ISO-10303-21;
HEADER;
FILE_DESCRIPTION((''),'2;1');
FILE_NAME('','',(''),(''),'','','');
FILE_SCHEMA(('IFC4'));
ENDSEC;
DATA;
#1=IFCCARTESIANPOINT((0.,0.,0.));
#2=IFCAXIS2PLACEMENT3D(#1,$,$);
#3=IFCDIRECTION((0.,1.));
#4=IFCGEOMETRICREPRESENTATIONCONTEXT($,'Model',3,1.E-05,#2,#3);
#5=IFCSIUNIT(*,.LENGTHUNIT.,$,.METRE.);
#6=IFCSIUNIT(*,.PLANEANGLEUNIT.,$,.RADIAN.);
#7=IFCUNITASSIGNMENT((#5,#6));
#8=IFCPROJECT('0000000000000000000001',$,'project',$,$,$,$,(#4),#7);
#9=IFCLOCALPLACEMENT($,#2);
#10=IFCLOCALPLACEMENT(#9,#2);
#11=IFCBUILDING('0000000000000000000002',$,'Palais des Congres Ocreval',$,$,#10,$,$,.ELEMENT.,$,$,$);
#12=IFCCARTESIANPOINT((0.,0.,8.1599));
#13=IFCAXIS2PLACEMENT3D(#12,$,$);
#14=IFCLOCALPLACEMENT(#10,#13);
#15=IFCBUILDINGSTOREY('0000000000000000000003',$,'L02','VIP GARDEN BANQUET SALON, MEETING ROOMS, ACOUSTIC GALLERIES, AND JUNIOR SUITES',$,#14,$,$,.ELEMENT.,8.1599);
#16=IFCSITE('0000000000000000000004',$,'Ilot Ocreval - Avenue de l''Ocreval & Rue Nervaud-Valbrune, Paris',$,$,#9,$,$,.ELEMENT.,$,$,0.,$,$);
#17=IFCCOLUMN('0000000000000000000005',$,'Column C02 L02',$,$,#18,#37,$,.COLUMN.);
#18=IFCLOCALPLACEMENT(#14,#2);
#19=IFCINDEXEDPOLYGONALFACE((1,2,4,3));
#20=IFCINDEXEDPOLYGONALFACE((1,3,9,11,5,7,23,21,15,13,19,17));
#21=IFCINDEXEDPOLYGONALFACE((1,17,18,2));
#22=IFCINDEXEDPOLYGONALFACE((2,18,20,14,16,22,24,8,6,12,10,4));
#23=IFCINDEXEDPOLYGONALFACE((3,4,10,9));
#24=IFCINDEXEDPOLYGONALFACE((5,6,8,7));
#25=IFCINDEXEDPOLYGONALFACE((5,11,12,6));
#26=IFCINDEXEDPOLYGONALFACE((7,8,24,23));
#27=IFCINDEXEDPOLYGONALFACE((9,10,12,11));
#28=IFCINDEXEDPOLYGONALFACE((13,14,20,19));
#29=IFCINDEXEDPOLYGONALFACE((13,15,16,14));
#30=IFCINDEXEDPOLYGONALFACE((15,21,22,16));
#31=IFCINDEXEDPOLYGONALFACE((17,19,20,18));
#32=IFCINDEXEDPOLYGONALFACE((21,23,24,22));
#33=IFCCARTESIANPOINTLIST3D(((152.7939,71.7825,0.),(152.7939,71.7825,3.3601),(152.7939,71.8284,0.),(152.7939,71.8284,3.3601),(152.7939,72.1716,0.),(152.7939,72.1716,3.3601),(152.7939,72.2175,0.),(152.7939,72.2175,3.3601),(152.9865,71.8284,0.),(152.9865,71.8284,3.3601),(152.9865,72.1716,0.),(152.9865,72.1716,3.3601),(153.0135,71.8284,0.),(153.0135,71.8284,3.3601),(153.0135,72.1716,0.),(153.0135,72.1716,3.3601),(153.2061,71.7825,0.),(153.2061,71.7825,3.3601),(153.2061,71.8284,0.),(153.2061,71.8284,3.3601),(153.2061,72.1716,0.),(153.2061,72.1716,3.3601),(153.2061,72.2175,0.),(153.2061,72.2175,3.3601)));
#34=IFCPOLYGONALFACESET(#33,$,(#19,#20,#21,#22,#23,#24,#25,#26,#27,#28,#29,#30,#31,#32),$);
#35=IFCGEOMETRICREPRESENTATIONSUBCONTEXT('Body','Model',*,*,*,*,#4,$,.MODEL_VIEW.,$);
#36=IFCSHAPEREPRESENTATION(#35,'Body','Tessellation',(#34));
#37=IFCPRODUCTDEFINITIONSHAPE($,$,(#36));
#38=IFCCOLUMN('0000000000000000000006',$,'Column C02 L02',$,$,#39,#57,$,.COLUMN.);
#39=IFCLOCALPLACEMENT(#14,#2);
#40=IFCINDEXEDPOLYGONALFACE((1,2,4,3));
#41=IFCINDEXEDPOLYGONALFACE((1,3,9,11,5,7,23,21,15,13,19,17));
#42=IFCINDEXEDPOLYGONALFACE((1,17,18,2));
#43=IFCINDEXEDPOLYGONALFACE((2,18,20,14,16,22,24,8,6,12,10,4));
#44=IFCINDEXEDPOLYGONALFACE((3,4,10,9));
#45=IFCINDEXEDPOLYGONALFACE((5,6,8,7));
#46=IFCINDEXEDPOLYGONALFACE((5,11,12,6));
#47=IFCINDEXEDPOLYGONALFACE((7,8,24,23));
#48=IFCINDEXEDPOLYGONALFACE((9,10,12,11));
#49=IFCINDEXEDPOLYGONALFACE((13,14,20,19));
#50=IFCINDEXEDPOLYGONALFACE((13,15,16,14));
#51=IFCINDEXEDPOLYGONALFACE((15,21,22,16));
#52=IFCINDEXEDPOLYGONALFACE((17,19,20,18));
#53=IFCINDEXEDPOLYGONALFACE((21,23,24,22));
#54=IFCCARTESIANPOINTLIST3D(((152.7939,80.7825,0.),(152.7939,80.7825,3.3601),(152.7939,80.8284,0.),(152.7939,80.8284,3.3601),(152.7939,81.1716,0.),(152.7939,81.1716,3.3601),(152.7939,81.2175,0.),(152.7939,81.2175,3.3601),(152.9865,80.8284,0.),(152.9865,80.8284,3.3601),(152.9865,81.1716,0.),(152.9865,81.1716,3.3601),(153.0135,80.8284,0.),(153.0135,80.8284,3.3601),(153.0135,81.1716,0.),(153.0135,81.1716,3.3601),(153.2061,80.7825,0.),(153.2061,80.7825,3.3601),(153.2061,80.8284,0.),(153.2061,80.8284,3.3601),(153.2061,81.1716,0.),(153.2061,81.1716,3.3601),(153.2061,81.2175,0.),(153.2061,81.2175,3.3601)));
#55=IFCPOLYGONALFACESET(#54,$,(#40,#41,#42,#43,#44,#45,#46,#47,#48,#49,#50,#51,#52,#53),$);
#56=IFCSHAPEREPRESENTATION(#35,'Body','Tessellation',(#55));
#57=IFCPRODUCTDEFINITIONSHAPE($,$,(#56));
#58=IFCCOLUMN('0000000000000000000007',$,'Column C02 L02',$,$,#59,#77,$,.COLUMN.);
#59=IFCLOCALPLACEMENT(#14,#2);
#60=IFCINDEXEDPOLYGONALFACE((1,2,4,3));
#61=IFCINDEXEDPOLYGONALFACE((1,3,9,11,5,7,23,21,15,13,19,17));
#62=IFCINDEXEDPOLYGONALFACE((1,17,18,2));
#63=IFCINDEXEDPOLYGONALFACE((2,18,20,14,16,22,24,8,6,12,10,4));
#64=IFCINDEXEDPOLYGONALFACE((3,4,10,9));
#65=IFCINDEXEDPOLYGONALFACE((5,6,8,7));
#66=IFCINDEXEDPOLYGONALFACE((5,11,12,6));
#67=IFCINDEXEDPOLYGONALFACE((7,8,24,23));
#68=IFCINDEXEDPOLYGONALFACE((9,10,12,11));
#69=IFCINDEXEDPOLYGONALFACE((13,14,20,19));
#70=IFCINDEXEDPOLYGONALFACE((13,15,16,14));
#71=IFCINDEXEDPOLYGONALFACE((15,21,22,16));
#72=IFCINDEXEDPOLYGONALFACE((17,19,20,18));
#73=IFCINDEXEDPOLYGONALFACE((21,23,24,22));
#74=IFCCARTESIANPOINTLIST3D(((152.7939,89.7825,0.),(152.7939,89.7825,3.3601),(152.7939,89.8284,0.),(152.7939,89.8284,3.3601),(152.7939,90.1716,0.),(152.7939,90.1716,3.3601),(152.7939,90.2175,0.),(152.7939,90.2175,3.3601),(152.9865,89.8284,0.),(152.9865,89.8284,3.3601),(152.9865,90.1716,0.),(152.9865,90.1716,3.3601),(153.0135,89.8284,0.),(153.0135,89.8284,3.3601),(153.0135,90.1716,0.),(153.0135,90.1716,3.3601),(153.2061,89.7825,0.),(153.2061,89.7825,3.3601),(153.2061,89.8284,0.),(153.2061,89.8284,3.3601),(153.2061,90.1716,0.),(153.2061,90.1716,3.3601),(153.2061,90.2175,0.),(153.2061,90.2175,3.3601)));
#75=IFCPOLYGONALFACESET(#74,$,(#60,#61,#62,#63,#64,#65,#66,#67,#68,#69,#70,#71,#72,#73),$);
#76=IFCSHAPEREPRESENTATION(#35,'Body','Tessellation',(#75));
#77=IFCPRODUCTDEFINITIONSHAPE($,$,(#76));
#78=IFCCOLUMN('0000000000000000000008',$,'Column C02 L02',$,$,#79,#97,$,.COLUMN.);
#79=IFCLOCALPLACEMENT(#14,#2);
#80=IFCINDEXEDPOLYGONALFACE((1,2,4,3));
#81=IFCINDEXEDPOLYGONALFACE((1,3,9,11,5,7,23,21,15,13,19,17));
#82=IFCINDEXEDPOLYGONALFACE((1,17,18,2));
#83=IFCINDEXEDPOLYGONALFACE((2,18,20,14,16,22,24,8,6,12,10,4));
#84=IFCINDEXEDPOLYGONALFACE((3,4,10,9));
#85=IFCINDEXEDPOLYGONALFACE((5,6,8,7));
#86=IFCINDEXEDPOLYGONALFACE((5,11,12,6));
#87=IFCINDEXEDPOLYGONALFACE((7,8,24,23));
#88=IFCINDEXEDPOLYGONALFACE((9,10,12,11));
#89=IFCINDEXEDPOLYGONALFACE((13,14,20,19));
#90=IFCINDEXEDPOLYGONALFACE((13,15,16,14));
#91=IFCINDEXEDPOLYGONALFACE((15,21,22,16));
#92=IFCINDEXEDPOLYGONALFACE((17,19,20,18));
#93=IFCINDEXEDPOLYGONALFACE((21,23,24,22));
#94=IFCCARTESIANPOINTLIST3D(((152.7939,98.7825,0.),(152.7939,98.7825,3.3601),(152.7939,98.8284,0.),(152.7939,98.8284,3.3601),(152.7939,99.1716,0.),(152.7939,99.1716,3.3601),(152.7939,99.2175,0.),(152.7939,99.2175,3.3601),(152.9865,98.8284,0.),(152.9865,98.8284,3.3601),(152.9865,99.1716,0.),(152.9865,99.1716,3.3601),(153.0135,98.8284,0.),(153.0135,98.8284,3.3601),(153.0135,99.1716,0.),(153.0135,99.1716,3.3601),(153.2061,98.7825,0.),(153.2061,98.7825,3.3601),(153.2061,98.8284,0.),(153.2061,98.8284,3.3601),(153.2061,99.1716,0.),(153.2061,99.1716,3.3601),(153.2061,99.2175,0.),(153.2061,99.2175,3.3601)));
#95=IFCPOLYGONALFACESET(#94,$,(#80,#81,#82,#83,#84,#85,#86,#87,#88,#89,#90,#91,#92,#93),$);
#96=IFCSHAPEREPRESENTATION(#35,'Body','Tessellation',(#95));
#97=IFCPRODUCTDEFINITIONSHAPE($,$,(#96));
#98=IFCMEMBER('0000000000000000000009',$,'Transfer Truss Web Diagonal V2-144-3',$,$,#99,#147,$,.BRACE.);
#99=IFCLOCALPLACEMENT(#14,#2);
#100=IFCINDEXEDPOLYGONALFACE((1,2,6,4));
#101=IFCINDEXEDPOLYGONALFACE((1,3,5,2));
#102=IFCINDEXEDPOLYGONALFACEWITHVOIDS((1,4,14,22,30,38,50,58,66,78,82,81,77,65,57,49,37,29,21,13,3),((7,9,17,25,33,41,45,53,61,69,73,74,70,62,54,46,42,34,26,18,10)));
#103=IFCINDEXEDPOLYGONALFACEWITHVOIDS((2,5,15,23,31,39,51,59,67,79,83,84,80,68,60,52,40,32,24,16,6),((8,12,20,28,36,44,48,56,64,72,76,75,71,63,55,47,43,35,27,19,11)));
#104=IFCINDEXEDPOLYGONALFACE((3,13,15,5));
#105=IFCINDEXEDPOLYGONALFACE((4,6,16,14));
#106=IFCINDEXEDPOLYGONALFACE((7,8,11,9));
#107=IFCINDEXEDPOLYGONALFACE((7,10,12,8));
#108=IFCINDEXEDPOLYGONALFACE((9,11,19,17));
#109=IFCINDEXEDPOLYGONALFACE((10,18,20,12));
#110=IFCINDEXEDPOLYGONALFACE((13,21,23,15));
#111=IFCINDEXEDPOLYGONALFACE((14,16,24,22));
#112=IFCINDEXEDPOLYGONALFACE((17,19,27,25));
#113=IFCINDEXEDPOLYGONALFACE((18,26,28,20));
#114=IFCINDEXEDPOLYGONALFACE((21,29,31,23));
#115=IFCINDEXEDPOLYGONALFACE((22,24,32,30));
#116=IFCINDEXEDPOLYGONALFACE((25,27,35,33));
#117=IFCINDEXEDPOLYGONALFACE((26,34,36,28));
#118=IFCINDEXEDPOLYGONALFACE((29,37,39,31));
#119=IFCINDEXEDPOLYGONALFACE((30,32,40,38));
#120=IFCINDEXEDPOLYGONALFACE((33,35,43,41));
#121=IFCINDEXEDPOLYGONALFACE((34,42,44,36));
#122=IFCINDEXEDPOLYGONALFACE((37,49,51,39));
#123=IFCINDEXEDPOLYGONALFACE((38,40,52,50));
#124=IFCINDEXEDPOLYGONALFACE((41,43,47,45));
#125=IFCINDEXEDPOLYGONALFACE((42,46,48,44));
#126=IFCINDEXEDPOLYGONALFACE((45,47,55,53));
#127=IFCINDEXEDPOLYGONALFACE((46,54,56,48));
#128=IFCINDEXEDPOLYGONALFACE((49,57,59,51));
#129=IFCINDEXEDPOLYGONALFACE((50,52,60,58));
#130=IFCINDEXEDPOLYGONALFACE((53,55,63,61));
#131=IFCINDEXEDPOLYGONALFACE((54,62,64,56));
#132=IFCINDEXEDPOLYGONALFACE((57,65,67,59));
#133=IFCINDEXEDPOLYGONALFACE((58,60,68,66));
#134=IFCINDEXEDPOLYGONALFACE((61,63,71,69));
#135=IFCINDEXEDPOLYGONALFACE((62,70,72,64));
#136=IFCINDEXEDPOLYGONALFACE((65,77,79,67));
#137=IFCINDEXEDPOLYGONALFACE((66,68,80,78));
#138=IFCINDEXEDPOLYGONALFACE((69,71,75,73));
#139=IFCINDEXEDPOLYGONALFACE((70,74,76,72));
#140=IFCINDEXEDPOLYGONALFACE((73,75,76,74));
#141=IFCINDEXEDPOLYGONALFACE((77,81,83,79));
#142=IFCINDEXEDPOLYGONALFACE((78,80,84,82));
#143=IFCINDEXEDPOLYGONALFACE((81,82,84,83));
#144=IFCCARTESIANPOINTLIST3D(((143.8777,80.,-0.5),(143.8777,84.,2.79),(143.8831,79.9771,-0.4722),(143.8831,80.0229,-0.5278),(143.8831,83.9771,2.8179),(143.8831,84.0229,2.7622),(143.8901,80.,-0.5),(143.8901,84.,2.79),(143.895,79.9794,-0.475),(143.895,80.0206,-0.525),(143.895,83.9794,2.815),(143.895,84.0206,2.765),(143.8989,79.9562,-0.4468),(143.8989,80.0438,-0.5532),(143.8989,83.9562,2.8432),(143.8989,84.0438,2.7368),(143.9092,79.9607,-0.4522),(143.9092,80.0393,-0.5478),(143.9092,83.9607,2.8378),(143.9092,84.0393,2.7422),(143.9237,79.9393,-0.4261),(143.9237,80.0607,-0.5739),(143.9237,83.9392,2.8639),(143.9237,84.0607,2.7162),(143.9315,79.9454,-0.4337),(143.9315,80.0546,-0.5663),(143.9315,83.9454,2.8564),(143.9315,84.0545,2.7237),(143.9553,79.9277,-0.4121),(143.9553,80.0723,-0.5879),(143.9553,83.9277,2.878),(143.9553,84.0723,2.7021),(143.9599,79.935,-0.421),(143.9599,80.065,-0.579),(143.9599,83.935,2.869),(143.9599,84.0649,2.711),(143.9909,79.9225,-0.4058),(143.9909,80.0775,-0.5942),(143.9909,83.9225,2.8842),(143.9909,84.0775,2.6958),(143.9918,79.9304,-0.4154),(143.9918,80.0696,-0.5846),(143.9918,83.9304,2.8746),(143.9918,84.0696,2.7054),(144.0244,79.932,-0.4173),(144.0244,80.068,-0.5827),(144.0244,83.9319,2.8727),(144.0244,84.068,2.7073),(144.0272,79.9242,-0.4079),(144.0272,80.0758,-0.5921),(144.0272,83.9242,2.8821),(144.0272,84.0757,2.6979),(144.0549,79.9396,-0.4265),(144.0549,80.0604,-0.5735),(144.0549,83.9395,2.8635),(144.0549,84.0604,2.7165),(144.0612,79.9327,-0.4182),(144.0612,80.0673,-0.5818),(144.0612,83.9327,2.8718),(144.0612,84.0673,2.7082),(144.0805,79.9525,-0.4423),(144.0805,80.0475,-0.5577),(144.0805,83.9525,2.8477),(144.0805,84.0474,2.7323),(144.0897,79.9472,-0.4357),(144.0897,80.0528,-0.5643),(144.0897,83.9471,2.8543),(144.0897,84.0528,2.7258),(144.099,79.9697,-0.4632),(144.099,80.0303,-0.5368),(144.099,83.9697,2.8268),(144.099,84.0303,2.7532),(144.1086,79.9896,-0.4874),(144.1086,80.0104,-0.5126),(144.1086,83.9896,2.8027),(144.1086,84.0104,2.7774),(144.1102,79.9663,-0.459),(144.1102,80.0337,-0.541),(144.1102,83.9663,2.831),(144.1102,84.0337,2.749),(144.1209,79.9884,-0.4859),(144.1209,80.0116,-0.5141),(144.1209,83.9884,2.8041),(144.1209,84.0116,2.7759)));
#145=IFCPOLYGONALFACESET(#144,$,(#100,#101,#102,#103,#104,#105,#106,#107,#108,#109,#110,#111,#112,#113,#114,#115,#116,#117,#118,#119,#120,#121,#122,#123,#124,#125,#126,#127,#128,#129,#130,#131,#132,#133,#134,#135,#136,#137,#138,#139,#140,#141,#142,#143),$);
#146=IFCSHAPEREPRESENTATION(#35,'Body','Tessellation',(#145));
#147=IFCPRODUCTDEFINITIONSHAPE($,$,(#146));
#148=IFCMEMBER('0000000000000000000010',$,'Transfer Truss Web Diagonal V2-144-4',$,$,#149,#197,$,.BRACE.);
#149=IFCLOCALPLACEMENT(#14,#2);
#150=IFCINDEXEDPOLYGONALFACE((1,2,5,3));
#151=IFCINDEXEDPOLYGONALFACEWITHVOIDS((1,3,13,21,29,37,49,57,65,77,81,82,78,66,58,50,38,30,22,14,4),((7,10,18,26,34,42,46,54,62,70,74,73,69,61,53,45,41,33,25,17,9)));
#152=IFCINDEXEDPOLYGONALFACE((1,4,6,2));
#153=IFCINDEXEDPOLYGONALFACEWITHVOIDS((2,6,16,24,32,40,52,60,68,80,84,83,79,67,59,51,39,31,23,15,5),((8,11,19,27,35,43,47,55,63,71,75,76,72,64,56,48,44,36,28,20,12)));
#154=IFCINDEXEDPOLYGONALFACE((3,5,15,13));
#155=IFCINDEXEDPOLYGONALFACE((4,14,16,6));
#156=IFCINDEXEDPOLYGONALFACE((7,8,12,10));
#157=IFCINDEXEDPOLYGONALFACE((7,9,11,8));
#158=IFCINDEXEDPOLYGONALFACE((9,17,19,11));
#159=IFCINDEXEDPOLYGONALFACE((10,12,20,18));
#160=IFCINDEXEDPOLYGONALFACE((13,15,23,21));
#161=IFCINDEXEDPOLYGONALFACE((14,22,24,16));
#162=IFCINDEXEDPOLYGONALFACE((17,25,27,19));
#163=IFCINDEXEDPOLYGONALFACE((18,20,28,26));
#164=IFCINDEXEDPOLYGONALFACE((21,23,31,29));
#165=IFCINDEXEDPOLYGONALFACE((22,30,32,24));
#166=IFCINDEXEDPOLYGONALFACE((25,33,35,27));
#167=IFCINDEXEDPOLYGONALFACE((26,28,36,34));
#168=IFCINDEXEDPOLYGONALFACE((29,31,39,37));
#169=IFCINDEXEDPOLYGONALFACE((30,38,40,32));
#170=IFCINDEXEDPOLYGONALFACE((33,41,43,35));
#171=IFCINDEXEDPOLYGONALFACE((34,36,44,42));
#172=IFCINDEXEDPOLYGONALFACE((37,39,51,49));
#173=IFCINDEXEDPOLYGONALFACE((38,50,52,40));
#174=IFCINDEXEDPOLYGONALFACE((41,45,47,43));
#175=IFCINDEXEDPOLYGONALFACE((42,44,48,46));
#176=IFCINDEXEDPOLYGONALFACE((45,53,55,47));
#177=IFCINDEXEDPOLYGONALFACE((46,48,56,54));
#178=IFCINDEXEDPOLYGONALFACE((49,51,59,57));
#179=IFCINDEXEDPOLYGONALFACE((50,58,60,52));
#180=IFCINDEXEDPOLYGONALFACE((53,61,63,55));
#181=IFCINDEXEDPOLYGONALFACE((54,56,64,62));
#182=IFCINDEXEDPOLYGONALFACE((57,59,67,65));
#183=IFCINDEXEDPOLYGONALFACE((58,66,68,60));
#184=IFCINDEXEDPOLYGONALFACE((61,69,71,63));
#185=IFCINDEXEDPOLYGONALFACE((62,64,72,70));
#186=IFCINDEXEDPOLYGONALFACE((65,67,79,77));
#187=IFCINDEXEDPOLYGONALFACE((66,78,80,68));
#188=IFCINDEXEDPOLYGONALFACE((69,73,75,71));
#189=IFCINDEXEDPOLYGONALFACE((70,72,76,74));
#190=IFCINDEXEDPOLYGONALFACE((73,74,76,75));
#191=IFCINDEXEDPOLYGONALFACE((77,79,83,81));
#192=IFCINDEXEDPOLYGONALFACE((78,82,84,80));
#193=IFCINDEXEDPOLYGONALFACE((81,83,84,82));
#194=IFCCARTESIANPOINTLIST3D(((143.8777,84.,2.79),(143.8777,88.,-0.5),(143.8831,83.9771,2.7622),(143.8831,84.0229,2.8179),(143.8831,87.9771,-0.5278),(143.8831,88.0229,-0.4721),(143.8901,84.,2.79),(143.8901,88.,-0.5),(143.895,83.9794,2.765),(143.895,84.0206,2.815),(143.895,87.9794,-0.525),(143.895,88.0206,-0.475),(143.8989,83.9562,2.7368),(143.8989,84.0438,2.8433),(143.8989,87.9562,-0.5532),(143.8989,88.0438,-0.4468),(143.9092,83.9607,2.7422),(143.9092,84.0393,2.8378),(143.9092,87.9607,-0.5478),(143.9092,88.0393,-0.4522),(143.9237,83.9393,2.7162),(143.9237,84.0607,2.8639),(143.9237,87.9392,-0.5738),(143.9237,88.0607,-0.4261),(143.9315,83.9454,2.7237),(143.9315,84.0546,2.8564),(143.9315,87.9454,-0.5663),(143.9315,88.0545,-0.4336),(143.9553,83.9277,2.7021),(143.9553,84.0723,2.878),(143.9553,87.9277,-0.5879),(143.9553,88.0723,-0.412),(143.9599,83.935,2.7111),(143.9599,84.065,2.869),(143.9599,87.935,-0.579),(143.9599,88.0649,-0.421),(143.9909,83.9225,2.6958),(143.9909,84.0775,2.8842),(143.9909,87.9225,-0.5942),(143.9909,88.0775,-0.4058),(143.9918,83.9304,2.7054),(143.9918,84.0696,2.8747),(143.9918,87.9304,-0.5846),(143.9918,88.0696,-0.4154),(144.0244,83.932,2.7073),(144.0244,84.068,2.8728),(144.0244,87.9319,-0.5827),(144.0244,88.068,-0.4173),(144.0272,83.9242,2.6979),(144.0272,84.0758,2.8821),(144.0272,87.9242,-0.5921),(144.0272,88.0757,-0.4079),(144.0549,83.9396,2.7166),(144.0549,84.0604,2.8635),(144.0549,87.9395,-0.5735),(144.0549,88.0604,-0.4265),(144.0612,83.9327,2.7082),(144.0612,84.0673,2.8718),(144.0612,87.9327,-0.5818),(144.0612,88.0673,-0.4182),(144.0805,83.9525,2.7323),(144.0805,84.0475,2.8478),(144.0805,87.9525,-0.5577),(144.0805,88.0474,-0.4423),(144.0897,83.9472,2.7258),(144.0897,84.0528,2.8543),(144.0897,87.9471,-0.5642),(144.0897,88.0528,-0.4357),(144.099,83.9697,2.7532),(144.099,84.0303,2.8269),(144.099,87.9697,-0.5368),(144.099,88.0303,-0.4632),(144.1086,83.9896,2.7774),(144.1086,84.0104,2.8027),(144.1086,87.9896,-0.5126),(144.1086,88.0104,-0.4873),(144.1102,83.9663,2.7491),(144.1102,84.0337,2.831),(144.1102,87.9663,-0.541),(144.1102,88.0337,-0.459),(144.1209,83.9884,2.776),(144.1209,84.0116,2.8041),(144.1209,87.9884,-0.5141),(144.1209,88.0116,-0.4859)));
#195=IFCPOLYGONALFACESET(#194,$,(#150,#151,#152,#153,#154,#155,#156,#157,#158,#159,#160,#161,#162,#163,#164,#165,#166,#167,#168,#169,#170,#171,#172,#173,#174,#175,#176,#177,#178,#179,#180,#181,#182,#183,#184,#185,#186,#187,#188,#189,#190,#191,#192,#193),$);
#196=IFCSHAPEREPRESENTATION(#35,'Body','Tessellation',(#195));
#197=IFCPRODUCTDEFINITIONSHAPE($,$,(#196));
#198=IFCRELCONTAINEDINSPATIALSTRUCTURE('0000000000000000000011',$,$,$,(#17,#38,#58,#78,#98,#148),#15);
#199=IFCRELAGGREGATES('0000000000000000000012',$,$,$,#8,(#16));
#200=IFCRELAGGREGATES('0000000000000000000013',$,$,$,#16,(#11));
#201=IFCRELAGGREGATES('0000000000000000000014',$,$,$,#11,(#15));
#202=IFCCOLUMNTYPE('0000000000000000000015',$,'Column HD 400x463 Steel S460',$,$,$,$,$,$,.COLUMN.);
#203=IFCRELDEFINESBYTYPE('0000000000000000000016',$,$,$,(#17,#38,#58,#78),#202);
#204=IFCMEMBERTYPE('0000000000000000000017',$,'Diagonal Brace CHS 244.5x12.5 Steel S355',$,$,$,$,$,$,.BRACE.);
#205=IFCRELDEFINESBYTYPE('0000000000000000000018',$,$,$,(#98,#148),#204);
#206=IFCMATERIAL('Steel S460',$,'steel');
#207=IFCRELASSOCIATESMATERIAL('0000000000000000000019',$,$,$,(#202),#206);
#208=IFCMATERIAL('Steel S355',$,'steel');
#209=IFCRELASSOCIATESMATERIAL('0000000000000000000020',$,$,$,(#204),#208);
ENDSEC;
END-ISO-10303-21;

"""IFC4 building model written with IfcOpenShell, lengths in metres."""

from ifc_helpers import new_model, si_unit, direction, frame, origin, origin_2d, place, context, subcontext, project, spatial, hollow_circle, i_section, extrude, material, material_profile, profile_set, type_object, element, save


model = new_model("IFC4")

# Units and contexts
model_context = context("Model", 3, precision=1e-05, world=origin(), true_north=direction((0.0, 1.0)))
body_context = subcontext(model_context, "Body", "Model", "MODEL_VIEW")
ifc_project = project(units=[si_unit("LENGTHUNIT", "METRE"), si_unit("PLANEANGLEUNIT", "RADIAN")], contexts=[model_context])

# Site, building, storey
site_placement = place(None, origin())
site = spatial("IfcSite", under=ifc_project, at=site_placement, Name="Ilot Ocreval - Avenue de l'Ocreval & Rue Nervaud-Valbrune, Paris", CompositionType="ELEMENT", RefElevation=0.0)
building_placement = place(site_placement, origin())
building = spatial("IfcBuilding", under=site, at=building_placement, Name="Palais des Congres Ocreval", CompositionType="ELEMENT")
storey_placement = place(building_placement, frame((0.0, 0.0, 8.1599)))
storey = spatial("IfcBuildingStorey", under=building, at=storey_placement, Name="L02", Description="VIP GARDEN BANQUET SALON, MEETING ROOMS, ACOUSTIC GALLERIES, AND JUNIOR SUITES", CompositionType="ELEMENT", Elevation=8.1599)

# Columns
ifc_material_1 = material(Name="Steel S460", Category="steel")
ifc_material_profile_1 = material_profile(ifc_material_1, i_section(OverallWidth=0.4121, OverallDepth=0.4351, WebThickness=0.0271, FlangeThickness=0.0459, at=origin_2d()), Name="HD 400x463")
ifc_profile_set_1 = profile_set([ifc_material_profile_1], Name="Steel S460")
column_type = type_object("IfcColumnType", Name="Column HD 400x463 Steel S460", PredefinedType="COLUMN", material=ifc_profile_set_1)
for number, where, z_axis, x_axis, name in (
    (1, (153.0, 72.0, 0.0), (0.0, 0.0, 1.0), (1.0, 0.0, 0.0), "Column C02 L02"),
    (2, (153.0, 81.0, 0.0), (0.0, 0.0, 1.0), (1.0, 0.0, 0.0), "Column C02 L02"),
    (3, (153.0, 90.0, 0.0), (0.0, 0.0, 1.0), (1.0, 0.0, 0.0), "Column C02 L02"),
    (4, (153.0, 99.0, 0.0), (0.0, 0.0, 1.0), (1.0, 0.0, 0.0), "Column C02 L02"),
):
    element("IfcColumn", number, at=place(storey_placement, frame(where, z_axis=z_axis, x_axis=x_axis)), inside=storey, type_object=column_type, Name=name, PredefinedType="COLUMN", context=body_context, shape_type="SweptSolid", body=[
        extrude(i_section(OverallWidth=0.4121, OverallDepth=0.4351, WebThickness=0.0271, FlangeThickness=0.0459, at=origin_2d()), origin(), (0.0, 0.0, 1.0), 3.3601),
    ])

# Members
ifc_material_2 = material(Name="Steel S355", Category="steel")
ifc_material_profile_2 = material_profile(ifc_material_2, hollow_circle(Radius=0.1223, WallThickness=0.0125, at=origin_2d()), Name="CHS 244.5x12.5")
ifc_profile_set_2 = profile_set([ifc_material_profile_2], Name="Steel S355")
member_type_1 = type_object("IfcMemberType", Name="Diagonal Brace CHS 244.5x12.5 Steel S355", PredefinedType="BRACE", material=ifc_profile_set_2)
for number, where, z_axis, x_axis, name in (
    (5, (144.0, 80.0, -0.5), (0.0, 0.772317, 0.635238), (-1.0, 0.0, 0.0), "Transfer Truss Web Diagonal V2-144-3"),
    (6, (144.0, 84.0, 2.79), (0.0, 0.772317, -0.635238), (-1.0, 0.0, 0.0), "Transfer Truss Web Diagonal V2-144-4"),
):
    element("IfcMember", number, at=place(storey_placement, frame(where, z_axis=z_axis, x_axis=x_axis)), inside=storey, type_object=member_type_1, Name=name, PredefinedType="BRACE", context=body_context, shape_type="SweptSolid", body=[
        extrude(hollow_circle(Radius=0.1223, WallThickness=0.0125, at=origin_2d()), origin(), (0.0, 0.0, 1.0), 5.1792),
    ])

save(model, "model.ifc")
